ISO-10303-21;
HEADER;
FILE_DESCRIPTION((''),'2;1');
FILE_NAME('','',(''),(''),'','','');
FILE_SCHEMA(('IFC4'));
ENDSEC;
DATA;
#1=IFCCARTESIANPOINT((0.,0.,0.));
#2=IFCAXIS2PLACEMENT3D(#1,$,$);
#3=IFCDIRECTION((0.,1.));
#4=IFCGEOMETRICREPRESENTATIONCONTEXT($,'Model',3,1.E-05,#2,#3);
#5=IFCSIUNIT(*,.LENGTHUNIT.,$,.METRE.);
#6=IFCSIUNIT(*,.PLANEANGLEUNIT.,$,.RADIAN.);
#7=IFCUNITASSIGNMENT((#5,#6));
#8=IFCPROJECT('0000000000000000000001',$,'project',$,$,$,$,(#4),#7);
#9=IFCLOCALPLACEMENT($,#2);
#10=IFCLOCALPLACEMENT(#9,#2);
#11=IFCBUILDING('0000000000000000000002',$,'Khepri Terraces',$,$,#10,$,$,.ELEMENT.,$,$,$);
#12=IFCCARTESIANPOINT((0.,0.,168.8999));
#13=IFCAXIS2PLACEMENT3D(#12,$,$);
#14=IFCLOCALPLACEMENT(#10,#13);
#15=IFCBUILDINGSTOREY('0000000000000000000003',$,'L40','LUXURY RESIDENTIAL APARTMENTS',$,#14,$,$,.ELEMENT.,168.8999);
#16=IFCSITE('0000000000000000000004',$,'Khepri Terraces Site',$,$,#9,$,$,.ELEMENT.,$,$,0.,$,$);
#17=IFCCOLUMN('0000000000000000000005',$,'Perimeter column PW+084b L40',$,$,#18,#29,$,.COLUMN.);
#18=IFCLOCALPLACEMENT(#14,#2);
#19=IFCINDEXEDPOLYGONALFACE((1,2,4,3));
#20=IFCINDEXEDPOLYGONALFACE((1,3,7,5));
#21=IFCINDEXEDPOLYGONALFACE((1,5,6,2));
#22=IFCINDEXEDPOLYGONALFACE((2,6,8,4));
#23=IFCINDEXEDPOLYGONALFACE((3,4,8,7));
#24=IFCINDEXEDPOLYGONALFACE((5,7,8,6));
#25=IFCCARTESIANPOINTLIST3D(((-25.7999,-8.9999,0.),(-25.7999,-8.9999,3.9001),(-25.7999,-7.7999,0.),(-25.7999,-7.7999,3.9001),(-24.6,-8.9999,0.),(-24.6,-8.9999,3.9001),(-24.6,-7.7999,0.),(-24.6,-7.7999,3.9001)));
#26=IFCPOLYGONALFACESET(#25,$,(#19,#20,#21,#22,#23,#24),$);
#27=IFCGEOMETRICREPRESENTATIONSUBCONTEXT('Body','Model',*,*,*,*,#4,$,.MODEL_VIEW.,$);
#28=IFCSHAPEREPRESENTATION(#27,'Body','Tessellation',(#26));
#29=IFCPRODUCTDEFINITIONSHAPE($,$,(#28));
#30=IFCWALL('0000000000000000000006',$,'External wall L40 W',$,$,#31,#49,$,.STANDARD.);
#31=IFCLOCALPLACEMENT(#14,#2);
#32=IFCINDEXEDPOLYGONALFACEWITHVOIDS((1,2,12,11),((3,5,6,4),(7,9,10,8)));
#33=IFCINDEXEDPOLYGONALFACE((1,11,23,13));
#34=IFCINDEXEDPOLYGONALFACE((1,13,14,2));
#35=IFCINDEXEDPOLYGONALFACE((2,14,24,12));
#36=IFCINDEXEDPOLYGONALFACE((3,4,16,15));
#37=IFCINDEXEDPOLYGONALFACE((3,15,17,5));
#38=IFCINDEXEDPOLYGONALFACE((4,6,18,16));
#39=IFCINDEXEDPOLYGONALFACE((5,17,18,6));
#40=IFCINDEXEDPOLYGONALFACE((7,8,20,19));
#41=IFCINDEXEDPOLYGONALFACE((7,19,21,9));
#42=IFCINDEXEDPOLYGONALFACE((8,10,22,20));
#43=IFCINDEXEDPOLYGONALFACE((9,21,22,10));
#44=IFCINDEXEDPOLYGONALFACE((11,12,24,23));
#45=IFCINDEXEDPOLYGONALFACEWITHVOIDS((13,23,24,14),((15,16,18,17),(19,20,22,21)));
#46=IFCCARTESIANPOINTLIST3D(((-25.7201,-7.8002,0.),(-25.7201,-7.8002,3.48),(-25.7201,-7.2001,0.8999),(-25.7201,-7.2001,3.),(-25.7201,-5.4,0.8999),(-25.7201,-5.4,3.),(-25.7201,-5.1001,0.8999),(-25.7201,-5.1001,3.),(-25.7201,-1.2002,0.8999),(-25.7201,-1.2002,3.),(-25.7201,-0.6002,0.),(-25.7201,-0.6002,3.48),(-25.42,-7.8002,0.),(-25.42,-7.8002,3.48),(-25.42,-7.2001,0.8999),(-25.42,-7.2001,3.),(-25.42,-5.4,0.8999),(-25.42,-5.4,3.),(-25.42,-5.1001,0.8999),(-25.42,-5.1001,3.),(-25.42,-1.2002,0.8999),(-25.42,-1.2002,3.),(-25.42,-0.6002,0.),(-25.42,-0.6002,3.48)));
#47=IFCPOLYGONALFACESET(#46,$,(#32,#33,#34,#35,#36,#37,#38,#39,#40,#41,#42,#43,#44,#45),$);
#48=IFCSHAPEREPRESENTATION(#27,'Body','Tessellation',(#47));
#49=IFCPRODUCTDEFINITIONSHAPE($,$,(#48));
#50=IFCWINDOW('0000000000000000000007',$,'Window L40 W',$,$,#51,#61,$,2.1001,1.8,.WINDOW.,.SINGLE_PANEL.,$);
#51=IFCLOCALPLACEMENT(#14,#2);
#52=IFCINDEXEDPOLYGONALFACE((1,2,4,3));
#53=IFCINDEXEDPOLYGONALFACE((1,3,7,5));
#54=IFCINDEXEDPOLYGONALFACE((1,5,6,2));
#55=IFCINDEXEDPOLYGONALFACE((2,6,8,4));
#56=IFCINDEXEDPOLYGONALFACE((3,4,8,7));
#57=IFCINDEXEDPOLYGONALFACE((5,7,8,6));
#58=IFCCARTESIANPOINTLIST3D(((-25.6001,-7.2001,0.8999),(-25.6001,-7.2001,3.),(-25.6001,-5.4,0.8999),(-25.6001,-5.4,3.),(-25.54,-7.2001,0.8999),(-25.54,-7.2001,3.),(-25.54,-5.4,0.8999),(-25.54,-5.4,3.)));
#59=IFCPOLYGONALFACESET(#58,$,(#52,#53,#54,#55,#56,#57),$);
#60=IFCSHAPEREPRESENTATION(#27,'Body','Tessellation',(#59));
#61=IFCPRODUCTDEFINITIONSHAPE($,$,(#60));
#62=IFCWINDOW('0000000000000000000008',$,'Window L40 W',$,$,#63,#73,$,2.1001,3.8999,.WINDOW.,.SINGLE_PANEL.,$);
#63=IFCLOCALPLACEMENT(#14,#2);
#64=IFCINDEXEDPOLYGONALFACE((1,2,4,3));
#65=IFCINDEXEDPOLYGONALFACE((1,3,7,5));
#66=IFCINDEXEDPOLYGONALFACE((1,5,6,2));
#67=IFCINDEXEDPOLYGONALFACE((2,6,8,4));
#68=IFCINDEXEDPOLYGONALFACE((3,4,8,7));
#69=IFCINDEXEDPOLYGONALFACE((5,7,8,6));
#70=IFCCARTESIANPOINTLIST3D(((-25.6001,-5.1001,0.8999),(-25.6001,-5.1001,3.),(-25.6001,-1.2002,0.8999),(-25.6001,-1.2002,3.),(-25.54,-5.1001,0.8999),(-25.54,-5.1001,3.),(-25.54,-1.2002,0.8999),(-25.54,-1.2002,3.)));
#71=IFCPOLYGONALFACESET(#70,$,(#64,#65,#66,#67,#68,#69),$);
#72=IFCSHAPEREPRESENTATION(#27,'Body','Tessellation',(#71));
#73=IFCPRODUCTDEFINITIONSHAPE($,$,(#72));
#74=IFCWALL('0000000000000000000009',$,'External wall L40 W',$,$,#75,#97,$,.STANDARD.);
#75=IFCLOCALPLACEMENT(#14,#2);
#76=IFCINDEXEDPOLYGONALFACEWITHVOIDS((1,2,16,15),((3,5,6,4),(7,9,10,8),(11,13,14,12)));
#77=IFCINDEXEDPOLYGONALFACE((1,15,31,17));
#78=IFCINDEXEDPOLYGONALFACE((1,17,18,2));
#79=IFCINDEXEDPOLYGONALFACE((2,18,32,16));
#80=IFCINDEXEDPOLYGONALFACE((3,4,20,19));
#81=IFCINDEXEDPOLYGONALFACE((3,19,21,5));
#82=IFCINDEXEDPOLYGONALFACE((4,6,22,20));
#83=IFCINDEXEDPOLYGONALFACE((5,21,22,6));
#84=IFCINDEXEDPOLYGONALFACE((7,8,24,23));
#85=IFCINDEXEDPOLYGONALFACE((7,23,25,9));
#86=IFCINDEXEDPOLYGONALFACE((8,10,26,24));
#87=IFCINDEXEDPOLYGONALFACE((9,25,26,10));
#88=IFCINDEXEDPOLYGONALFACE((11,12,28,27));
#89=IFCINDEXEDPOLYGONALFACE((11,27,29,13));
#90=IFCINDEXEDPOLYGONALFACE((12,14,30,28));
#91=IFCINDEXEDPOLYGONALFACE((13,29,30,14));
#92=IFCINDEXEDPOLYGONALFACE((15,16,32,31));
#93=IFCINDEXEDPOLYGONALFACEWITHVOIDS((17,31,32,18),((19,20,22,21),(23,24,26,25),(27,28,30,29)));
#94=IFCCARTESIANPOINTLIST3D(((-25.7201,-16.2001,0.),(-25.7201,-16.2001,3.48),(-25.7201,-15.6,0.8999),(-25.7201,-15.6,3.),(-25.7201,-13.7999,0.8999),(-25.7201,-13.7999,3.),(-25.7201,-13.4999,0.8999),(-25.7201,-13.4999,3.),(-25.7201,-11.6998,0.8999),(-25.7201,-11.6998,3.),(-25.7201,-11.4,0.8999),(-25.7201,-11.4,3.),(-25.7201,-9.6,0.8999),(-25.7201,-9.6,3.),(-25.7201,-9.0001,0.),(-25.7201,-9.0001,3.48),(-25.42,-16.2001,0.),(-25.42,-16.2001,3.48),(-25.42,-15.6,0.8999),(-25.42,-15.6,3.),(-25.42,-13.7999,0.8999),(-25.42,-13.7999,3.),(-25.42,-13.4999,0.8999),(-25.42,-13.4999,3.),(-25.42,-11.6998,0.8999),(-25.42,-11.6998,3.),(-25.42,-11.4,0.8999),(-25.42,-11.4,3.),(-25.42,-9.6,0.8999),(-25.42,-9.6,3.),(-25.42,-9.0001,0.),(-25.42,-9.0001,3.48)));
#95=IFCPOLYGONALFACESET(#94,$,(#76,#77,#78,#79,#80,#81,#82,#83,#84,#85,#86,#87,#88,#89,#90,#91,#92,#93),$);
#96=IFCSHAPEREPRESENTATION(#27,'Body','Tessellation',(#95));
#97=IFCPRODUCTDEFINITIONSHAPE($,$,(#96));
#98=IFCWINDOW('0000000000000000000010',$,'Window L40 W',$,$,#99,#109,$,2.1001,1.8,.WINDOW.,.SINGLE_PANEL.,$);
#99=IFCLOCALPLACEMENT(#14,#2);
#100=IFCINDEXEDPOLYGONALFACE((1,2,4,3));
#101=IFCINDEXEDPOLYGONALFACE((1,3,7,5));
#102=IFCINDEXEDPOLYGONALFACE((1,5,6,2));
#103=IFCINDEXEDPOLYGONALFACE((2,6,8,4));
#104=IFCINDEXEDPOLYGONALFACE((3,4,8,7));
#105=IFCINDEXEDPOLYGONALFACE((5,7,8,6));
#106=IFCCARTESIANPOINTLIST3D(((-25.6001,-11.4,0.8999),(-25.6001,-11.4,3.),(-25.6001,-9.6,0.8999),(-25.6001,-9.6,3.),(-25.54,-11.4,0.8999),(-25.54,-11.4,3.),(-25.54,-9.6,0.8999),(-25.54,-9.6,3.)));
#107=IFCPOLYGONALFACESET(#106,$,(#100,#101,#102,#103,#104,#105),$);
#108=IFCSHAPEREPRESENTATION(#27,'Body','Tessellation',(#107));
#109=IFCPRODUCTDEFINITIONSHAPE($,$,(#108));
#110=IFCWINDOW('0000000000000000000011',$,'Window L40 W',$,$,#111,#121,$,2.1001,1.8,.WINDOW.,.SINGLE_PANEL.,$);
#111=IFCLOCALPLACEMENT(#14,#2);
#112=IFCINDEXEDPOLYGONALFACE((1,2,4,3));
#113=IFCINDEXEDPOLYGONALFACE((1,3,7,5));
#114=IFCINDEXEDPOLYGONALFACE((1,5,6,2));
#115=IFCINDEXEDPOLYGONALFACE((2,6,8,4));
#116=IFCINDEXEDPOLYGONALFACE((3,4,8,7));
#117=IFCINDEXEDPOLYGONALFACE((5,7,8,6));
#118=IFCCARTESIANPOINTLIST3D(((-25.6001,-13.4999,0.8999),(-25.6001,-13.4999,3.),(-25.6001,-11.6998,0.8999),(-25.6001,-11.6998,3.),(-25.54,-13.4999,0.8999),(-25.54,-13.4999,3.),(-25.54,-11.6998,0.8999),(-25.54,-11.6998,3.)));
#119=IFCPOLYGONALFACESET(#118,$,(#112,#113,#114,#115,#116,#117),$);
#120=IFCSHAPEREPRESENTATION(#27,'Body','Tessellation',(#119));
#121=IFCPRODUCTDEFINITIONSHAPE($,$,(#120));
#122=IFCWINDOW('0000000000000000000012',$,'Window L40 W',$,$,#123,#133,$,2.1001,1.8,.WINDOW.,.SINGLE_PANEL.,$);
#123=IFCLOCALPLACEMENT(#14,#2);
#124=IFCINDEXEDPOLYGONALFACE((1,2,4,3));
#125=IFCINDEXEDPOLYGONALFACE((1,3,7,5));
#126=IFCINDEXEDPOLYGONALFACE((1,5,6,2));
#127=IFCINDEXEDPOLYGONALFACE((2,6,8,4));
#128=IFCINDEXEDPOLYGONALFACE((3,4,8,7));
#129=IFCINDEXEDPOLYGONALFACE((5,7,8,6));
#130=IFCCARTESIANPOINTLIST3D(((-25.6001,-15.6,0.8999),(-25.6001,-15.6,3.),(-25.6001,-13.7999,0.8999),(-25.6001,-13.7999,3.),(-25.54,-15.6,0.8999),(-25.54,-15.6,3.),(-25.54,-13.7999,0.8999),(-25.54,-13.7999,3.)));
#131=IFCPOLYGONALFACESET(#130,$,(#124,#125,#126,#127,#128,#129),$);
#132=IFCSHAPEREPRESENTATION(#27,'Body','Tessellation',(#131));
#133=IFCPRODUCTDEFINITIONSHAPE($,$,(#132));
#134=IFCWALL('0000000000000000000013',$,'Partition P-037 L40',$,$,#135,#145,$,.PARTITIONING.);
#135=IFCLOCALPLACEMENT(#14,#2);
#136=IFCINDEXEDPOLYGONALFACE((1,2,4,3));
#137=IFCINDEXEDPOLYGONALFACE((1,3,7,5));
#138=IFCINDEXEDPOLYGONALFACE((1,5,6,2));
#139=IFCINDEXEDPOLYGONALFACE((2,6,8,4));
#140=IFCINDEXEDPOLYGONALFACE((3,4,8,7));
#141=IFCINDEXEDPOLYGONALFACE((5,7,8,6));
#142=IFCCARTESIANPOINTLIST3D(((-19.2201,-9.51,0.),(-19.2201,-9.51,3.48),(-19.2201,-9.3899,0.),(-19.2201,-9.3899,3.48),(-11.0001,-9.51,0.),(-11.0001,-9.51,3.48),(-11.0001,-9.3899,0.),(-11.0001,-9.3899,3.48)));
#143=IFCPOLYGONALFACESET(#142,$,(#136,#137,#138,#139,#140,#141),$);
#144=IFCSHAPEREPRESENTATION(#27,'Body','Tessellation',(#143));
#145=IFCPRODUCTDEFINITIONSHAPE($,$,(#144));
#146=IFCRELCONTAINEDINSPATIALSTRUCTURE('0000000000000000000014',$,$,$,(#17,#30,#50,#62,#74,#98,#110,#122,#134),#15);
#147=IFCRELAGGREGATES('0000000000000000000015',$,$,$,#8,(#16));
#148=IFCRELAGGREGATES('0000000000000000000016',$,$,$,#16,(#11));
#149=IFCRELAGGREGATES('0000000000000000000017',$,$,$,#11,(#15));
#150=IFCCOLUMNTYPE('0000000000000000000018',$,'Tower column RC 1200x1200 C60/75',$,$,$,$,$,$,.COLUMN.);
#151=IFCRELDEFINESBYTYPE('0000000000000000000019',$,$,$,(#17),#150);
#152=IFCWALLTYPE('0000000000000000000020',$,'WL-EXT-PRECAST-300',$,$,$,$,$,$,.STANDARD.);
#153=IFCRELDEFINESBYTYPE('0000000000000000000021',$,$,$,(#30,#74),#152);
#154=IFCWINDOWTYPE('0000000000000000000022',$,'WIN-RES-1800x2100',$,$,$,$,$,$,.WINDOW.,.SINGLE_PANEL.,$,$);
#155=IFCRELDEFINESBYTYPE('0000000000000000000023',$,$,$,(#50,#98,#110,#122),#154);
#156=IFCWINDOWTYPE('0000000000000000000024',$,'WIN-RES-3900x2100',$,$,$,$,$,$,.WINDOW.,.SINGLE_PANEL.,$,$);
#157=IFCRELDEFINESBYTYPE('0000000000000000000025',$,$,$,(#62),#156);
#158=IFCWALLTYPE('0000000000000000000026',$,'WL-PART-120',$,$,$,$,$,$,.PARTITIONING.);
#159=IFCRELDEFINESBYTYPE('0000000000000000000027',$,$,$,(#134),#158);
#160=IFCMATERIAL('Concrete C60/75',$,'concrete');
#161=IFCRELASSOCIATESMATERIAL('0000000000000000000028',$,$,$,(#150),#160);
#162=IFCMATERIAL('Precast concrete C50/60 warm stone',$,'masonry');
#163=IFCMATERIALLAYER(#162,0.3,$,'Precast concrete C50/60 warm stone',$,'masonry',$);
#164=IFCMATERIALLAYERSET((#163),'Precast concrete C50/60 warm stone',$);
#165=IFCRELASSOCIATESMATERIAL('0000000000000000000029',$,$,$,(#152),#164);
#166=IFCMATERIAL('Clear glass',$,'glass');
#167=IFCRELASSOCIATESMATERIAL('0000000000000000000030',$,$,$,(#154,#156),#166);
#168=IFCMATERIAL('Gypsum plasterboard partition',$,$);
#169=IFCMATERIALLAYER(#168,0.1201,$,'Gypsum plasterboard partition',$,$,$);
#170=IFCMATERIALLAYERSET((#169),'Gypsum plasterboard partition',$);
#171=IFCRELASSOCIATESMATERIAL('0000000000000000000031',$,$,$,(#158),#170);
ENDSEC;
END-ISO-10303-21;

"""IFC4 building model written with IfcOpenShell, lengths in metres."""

from ifc_helpers import new_model, si_unit, direction, frame, frame_2d, origin, origin_2d, place, context, subcontext, project, spatial, rectangle, extrude, material, layer, layer_set, material_profile, profile_set, type_object, element, fill, save


model = new_model("IFC4")

# Units and contexts
model_context = context("Model", 3, precision=1e-05, world=origin(), true_north=direction((0.0, 1.0)))
body_context = subcontext(model_context, "Body", "Model", "MODEL_VIEW")
ifc_project = project(units=[si_unit("LENGTHUNIT", "METRE"), si_unit("PLANEANGLEUNIT", "RADIAN")], contexts=[model_context])

# Site, building, storey
site_placement = place(None, origin())
site = spatial("IfcSite", under=ifc_project, at=site_placement, Name="Khepri Terraces Site", CompositionType="ELEMENT", RefElevation=0.0)
building_placement = place(site_placement, origin())
building = spatial("IfcBuilding", under=site, at=building_placement, Name="Khepri Terraces", CompositionType="ELEMENT")
storey_placement = place(building_placement, frame((0.0, 0.0, 168.8999)))
storey = spatial("IfcBuildingStorey", under=building, at=storey_placement, Name="L40", Description="LUXURY RESIDENTIAL APARTMENTS", CompositionType="ELEMENT", Elevation=168.8999)

# Column
ifc_material_1 = material(Name="Concrete C60/75", Category="concrete")
ifc_material_profile = material_profile(ifc_material_1, rectangle(XDim=1.2, YDim=1.2, at=origin_2d()), Name="Concrete C60/75", Category="concrete")
ifc_profile_set = profile_set([ifc_material_profile], Name="Concrete C60/75")
column_type = type_object("IfcColumnType", Name="Tower column RC 1200x1200 C60/75", PredefinedType="COLUMN", material=ifc_profile_set)
column_placement = place(storey_placement, frame((-25.2, -8.3999, 0.0), z_axis=(0.0, 0.0, 1.0), x_axis=(1.0, 0.0, 0.0)))
element("IfcColumn", 1, at=column_placement, inside=storey, type_object=column_type, Name="Perimeter column PW+084b L40", PredefinedType="COLUMN", context=body_context, shape_type="SweptSolid", body=[
    extrude(rectangle(XDim=1.2, YDim=1.2, at=origin_2d()), origin(), (0.0, 0.0, 1.0), 3.9001),
])

# Walls, openings, windows
ifc_material_2 = material(Name="Precast concrete C50/60 warm stone", Category="masonry")
ifc_layer_1 = layer(ifc_material_2, 0.3, Name="Precast concrete C50/60 warm stone", Category="masonry")
ifc_layer_set_1 = layer_set([ifc_layer_1], Name="Precast concrete C50/60 warm stone")
wall_type_1 = type_object("IfcWallType", Name="WL-EXT-PRECAST-300", PredefinedType="STANDARD", material=ifc_layer_set_1)
wall_1_placement = place(storey_placement, frame((-25.5701, -0.6001, 0.0), z_axis=(0.0, 0.0, 1.0), x_axis=(0.0, -1.0, 0.0)))
wall_1 = element("IfcWall", 2, at=wall_1_placement, inside=storey, type_object=wall_type_1, Name="External wall L40 W", PredefinedType="STANDARD", context=body_context, shape_type="SweptSolid", body=[
    extrude(rectangle(XDim=7.2, YDim=0.3, at=frame_2d((3.6001, 0.0))), origin(), (0.0, 0.0, 1.0), 3.48),
])
opening_1_placement = place(wall_1_placement, frame((0.6001, 0.0, 0.8999)))
opening_1 = element("IfcOpeningElement", 3, at=opening_1_placement, cuts=wall_1, PredefinedType="OPENING", context=body_context, shape_type="SweptSolid", body=[
    extrude(rectangle(XDim=3.8999, YDim=2.1001, at=frame_2d((1.95, 1.05))), frame((0.0, 0.1602, 0.0), z_axis=(0.0, -1.0, 0.0), x_axis=(1.0, 0.0, 0.0)), (0.0, 0.0, 1.0), 0.3201),
])
opening_2_placement = place(wall_1_placement, frame((4.8, 0.0, 0.8999)))
opening_2 = element("IfcOpeningElement", 4, at=opening_2_placement, cuts=wall_1, PredefinedType="OPENING", context=body_context, shape_type="SweptSolid", body=[
    extrude(rectangle(XDim=1.8, YDim=2.1001, at=frame_2d((0.8999, 1.05))), frame((0.0, 0.1602, 0.0), z_axis=(0.0, -1.0, 0.0), x_axis=(1.0, 0.0, 0.0)), (0.0, 0.0, 1.0), 0.3201),
])
ifc_material_3 = material(Name="Clear glass", Category="glass")
window_type_1 = type_object("IfcWindowType", Name="WIN-RES-1800x2100", PartitioningType="SINGLE_PANEL", PredefinedType="WINDOW", material=ifc_material_3)
window_1_placement = place(opening_2_placement, origin())
window_1 = element("IfcWindow", 5, at=window_1_placement, inside=storey, type_object=window_type_1, Name="Window L40 W", OverallHeight=2.1001, OverallWidth=1.8, PartitioningType="SINGLE_PANEL", PredefinedType="WINDOW", context=body_context, shape_type="SweptSolid", body=[
    extrude(rectangle(XDim=1.8, YDim=2.1001, at=frame_2d((0.8999, 1.05))), frame((0.0, 0.03, 0.0), z_axis=(0.0, -1.0, 0.0), x_axis=(1.0, 0.0, 0.0)), (0.0, 0.0, 1.0), 0.0601),
])
fill(opening_2, window_1)
window_type_2 = type_object("IfcWindowType", Name="WIN-RES-3900x2100", PartitioningType="SINGLE_PANEL", PredefinedType="WINDOW", material=ifc_material_3)
window_2_placement = place(opening_1_placement, origin())
window_2 = element("IfcWindow", 6, at=window_2_placement, inside=storey, type_object=window_type_2, Name="Window L40 W", OverallHeight=2.1001, OverallWidth=3.8999, PartitioningType="SINGLE_PANEL", PredefinedType="WINDOW", context=body_context, shape_type="SweptSolid", body=[
    extrude(rectangle(XDim=3.8999, YDim=2.1001, at=frame_2d((1.95, 1.05))), frame((0.0, 0.03, 0.0), z_axis=(0.0, -1.0, 0.0), x_axis=(1.0, 0.0, 0.0)), (0.0, 0.0, 1.0), 0.0601),
])
fill(opening_1, window_2)
wall_2_placement = place(storey_placement, frame((-25.5701, -9.0, 0.0), z_axis=(0.0, 0.0, 1.0), x_axis=(0.0, -1.0, 0.0)))
wall_2 = element("IfcWall", 7, at=wall_2_placement, inside=storey, type_object=wall_type_1, Name="External wall L40 W", PredefinedType="STANDARD", context=body_context, shape_type="SweptSolid", body=[
    extrude(rectangle(XDim=7.2, YDim=0.3, at=frame_2d((3.6001, 0.0))), origin(), (0.0, 0.0, 1.0), 3.48),
])
opening_3_placement = place(wall_2_placement, frame((0.6001, 0.0, 0.8999)))
opening_3 = element("IfcOpeningElement", 8, at=opening_3_placement, cuts=wall_2, PredefinedType="OPENING", context=body_context, shape_type="SweptSolid", body=[
    extrude(rectangle(XDim=1.8, YDim=2.1001, at=frame_2d((0.8999, 1.05))), frame((0.0, 0.1602, 0.0), z_axis=(0.0, -1.0, 0.0), x_axis=(1.0, 0.0, 0.0)), (0.0, 0.0, 1.0), 0.3201),
])
opening_4_placement = place(wall_2_placement, frame((2.7, 0.0, 0.8999)))
opening_4 = element("IfcOpeningElement", 9, at=opening_4_placement, cuts=wall_2, PredefinedType="OPENING", context=body_context, shape_type="SweptSolid", body=[
    extrude(rectangle(XDim=1.8, YDim=2.1001, at=frame_2d((0.8999, 1.05))), frame((0.0, 0.1602, 0.0), z_axis=(0.0, -1.0, 0.0), x_axis=(1.0, 0.0, 0.0)), (0.0, 0.0, 1.0), 0.3201),
])
opening_5_placement = place(wall_2_placement, frame((4.8, 0.0, 0.8999)))
opening_5 = element("IfcOpeningElement", 10, at=opening_5_placement, cuts=wall_2, PredefinedType="OPENING", context=body_context, shape_type="SweptSolid", body=[
    extrude(rectangle(XDim=1.8, YDim=2.1001, at=frame_2d((0.8999, 1.05))), frame((0.0, 0.1602, 0.0), z_axis=(0.0, -1.0, 0.0), x_axis=(1.0, 0.0, 0.0)), (0.0, 0.0, 1.0), 0.3201),
])
window_3_placement = place(opening_3_placement, origin())
window_3 = element("IfcWindow", 11, at=window_3_placement, inside=storey, type_object=window_type_1, Name="Window L40 W", OverallHeight=2.1001, OverallWidth=1.8, PartitioningType="SINGLE_PANEL", PredefinedType="WINDOW", context=body_context, shape_type="SweptSolid", body=[
    extrude(rectangle(XDim=1.8, YDim=2.1001, at=frame_2d((0.8999, 1.05))), frame((0.0, 0.03, 0.0), z_axis=(0.0, -1.0, 0.0), x_axis=(1.0, 0.0, 0.0)), (0.0, 0.0, 1.0), 0.0601),
])
fill(opening_3, window_3)
window_4_placement = place(opening_4_placement, origin())
window_4 = element("IfcWindow", 12, at=window_4_placement, inside=storey, type_object=window_type_1, Name="Window L40 W", OverallHeight=2.1001, OverallWidth=1.8, PartitioningType="SINGLE_PANEL", PredefinedType="WINDOW", context=body_context, shape_type="SweptSolid", body=[
    extrude(rectangle(XDim=1.8, YDim=2.1001, at=frame_2d((0.8999, 1.05))), frame((0.0, 0.03, 0.0), z_axis=(0.0, -1.0, 0.0), x_axis=(1.0, 0.0, 0.0)), (0.0, 0.0, 1.0), 0.0601),
])
fill(opening_4, window_4)
window_5_placement = place(opening_5_placement, origin())
window_5 = element("IfcWindow", 13, at=window_5_placement, inside=storey, type_object=window_type_1, Name="Window L40 W", OverallHeight=2.1001, OverallWidth=1.8, PartitioningType="SINGLE_PANEL", PredefinedType="WINDOW", context=body_context, shape_type="SweptSolid", body=[
    extrude(rectangle(XDim=1.8, YDim=2.1001, at=frame_2d((0.8999, 1.05))), frame((0.0, 0.03, 0.0), z_axis=(0.0, -1.0, 0.0), x_axis=(1.0, 0.0, 0.0)), (0.0, 0.0, 1.0), 0.0601),
])
fill(opening_5, window_5)

# Wall
ifc_material_4 = material(Name="Gypsum plasterboard partition")
ifc_layer_2 = layer(ifc_material_4, 0.1201, Name="Gypsum plasterboard partition")
ifc_layer_set_2 = layer_set([ifc_layer_2], Name="Gypsum plasterboard partition")
wall_type_2 = type_object("IfcWallType", Name="WL-PART-120", PredefinedType="PARTITIONING", material=ifc_layer_set_2)
wall_3_placement = place(storey_placement, frame((-19.22, -9.45, 0.0), z_axis=(0.0, 0.0, 1.0), x_axis=(1.0, 0.0, 0.0)))
element("IfcWall", 14, at=wall_3_placement, inside=storey, type_object=wall_type_2, Name="Partition P-037 L40", PredefinedType="PARTITIONING", context=body_context, shape_type="SweptSolid", body=[
    extrude(rectangle(XDim=8.22, YDim=0.1201, at=frame_2d((4.1099, 0.0))), origin(), (0.0, 0.0, 1.0), 3.48),
])

save(model, "model.ifc")
